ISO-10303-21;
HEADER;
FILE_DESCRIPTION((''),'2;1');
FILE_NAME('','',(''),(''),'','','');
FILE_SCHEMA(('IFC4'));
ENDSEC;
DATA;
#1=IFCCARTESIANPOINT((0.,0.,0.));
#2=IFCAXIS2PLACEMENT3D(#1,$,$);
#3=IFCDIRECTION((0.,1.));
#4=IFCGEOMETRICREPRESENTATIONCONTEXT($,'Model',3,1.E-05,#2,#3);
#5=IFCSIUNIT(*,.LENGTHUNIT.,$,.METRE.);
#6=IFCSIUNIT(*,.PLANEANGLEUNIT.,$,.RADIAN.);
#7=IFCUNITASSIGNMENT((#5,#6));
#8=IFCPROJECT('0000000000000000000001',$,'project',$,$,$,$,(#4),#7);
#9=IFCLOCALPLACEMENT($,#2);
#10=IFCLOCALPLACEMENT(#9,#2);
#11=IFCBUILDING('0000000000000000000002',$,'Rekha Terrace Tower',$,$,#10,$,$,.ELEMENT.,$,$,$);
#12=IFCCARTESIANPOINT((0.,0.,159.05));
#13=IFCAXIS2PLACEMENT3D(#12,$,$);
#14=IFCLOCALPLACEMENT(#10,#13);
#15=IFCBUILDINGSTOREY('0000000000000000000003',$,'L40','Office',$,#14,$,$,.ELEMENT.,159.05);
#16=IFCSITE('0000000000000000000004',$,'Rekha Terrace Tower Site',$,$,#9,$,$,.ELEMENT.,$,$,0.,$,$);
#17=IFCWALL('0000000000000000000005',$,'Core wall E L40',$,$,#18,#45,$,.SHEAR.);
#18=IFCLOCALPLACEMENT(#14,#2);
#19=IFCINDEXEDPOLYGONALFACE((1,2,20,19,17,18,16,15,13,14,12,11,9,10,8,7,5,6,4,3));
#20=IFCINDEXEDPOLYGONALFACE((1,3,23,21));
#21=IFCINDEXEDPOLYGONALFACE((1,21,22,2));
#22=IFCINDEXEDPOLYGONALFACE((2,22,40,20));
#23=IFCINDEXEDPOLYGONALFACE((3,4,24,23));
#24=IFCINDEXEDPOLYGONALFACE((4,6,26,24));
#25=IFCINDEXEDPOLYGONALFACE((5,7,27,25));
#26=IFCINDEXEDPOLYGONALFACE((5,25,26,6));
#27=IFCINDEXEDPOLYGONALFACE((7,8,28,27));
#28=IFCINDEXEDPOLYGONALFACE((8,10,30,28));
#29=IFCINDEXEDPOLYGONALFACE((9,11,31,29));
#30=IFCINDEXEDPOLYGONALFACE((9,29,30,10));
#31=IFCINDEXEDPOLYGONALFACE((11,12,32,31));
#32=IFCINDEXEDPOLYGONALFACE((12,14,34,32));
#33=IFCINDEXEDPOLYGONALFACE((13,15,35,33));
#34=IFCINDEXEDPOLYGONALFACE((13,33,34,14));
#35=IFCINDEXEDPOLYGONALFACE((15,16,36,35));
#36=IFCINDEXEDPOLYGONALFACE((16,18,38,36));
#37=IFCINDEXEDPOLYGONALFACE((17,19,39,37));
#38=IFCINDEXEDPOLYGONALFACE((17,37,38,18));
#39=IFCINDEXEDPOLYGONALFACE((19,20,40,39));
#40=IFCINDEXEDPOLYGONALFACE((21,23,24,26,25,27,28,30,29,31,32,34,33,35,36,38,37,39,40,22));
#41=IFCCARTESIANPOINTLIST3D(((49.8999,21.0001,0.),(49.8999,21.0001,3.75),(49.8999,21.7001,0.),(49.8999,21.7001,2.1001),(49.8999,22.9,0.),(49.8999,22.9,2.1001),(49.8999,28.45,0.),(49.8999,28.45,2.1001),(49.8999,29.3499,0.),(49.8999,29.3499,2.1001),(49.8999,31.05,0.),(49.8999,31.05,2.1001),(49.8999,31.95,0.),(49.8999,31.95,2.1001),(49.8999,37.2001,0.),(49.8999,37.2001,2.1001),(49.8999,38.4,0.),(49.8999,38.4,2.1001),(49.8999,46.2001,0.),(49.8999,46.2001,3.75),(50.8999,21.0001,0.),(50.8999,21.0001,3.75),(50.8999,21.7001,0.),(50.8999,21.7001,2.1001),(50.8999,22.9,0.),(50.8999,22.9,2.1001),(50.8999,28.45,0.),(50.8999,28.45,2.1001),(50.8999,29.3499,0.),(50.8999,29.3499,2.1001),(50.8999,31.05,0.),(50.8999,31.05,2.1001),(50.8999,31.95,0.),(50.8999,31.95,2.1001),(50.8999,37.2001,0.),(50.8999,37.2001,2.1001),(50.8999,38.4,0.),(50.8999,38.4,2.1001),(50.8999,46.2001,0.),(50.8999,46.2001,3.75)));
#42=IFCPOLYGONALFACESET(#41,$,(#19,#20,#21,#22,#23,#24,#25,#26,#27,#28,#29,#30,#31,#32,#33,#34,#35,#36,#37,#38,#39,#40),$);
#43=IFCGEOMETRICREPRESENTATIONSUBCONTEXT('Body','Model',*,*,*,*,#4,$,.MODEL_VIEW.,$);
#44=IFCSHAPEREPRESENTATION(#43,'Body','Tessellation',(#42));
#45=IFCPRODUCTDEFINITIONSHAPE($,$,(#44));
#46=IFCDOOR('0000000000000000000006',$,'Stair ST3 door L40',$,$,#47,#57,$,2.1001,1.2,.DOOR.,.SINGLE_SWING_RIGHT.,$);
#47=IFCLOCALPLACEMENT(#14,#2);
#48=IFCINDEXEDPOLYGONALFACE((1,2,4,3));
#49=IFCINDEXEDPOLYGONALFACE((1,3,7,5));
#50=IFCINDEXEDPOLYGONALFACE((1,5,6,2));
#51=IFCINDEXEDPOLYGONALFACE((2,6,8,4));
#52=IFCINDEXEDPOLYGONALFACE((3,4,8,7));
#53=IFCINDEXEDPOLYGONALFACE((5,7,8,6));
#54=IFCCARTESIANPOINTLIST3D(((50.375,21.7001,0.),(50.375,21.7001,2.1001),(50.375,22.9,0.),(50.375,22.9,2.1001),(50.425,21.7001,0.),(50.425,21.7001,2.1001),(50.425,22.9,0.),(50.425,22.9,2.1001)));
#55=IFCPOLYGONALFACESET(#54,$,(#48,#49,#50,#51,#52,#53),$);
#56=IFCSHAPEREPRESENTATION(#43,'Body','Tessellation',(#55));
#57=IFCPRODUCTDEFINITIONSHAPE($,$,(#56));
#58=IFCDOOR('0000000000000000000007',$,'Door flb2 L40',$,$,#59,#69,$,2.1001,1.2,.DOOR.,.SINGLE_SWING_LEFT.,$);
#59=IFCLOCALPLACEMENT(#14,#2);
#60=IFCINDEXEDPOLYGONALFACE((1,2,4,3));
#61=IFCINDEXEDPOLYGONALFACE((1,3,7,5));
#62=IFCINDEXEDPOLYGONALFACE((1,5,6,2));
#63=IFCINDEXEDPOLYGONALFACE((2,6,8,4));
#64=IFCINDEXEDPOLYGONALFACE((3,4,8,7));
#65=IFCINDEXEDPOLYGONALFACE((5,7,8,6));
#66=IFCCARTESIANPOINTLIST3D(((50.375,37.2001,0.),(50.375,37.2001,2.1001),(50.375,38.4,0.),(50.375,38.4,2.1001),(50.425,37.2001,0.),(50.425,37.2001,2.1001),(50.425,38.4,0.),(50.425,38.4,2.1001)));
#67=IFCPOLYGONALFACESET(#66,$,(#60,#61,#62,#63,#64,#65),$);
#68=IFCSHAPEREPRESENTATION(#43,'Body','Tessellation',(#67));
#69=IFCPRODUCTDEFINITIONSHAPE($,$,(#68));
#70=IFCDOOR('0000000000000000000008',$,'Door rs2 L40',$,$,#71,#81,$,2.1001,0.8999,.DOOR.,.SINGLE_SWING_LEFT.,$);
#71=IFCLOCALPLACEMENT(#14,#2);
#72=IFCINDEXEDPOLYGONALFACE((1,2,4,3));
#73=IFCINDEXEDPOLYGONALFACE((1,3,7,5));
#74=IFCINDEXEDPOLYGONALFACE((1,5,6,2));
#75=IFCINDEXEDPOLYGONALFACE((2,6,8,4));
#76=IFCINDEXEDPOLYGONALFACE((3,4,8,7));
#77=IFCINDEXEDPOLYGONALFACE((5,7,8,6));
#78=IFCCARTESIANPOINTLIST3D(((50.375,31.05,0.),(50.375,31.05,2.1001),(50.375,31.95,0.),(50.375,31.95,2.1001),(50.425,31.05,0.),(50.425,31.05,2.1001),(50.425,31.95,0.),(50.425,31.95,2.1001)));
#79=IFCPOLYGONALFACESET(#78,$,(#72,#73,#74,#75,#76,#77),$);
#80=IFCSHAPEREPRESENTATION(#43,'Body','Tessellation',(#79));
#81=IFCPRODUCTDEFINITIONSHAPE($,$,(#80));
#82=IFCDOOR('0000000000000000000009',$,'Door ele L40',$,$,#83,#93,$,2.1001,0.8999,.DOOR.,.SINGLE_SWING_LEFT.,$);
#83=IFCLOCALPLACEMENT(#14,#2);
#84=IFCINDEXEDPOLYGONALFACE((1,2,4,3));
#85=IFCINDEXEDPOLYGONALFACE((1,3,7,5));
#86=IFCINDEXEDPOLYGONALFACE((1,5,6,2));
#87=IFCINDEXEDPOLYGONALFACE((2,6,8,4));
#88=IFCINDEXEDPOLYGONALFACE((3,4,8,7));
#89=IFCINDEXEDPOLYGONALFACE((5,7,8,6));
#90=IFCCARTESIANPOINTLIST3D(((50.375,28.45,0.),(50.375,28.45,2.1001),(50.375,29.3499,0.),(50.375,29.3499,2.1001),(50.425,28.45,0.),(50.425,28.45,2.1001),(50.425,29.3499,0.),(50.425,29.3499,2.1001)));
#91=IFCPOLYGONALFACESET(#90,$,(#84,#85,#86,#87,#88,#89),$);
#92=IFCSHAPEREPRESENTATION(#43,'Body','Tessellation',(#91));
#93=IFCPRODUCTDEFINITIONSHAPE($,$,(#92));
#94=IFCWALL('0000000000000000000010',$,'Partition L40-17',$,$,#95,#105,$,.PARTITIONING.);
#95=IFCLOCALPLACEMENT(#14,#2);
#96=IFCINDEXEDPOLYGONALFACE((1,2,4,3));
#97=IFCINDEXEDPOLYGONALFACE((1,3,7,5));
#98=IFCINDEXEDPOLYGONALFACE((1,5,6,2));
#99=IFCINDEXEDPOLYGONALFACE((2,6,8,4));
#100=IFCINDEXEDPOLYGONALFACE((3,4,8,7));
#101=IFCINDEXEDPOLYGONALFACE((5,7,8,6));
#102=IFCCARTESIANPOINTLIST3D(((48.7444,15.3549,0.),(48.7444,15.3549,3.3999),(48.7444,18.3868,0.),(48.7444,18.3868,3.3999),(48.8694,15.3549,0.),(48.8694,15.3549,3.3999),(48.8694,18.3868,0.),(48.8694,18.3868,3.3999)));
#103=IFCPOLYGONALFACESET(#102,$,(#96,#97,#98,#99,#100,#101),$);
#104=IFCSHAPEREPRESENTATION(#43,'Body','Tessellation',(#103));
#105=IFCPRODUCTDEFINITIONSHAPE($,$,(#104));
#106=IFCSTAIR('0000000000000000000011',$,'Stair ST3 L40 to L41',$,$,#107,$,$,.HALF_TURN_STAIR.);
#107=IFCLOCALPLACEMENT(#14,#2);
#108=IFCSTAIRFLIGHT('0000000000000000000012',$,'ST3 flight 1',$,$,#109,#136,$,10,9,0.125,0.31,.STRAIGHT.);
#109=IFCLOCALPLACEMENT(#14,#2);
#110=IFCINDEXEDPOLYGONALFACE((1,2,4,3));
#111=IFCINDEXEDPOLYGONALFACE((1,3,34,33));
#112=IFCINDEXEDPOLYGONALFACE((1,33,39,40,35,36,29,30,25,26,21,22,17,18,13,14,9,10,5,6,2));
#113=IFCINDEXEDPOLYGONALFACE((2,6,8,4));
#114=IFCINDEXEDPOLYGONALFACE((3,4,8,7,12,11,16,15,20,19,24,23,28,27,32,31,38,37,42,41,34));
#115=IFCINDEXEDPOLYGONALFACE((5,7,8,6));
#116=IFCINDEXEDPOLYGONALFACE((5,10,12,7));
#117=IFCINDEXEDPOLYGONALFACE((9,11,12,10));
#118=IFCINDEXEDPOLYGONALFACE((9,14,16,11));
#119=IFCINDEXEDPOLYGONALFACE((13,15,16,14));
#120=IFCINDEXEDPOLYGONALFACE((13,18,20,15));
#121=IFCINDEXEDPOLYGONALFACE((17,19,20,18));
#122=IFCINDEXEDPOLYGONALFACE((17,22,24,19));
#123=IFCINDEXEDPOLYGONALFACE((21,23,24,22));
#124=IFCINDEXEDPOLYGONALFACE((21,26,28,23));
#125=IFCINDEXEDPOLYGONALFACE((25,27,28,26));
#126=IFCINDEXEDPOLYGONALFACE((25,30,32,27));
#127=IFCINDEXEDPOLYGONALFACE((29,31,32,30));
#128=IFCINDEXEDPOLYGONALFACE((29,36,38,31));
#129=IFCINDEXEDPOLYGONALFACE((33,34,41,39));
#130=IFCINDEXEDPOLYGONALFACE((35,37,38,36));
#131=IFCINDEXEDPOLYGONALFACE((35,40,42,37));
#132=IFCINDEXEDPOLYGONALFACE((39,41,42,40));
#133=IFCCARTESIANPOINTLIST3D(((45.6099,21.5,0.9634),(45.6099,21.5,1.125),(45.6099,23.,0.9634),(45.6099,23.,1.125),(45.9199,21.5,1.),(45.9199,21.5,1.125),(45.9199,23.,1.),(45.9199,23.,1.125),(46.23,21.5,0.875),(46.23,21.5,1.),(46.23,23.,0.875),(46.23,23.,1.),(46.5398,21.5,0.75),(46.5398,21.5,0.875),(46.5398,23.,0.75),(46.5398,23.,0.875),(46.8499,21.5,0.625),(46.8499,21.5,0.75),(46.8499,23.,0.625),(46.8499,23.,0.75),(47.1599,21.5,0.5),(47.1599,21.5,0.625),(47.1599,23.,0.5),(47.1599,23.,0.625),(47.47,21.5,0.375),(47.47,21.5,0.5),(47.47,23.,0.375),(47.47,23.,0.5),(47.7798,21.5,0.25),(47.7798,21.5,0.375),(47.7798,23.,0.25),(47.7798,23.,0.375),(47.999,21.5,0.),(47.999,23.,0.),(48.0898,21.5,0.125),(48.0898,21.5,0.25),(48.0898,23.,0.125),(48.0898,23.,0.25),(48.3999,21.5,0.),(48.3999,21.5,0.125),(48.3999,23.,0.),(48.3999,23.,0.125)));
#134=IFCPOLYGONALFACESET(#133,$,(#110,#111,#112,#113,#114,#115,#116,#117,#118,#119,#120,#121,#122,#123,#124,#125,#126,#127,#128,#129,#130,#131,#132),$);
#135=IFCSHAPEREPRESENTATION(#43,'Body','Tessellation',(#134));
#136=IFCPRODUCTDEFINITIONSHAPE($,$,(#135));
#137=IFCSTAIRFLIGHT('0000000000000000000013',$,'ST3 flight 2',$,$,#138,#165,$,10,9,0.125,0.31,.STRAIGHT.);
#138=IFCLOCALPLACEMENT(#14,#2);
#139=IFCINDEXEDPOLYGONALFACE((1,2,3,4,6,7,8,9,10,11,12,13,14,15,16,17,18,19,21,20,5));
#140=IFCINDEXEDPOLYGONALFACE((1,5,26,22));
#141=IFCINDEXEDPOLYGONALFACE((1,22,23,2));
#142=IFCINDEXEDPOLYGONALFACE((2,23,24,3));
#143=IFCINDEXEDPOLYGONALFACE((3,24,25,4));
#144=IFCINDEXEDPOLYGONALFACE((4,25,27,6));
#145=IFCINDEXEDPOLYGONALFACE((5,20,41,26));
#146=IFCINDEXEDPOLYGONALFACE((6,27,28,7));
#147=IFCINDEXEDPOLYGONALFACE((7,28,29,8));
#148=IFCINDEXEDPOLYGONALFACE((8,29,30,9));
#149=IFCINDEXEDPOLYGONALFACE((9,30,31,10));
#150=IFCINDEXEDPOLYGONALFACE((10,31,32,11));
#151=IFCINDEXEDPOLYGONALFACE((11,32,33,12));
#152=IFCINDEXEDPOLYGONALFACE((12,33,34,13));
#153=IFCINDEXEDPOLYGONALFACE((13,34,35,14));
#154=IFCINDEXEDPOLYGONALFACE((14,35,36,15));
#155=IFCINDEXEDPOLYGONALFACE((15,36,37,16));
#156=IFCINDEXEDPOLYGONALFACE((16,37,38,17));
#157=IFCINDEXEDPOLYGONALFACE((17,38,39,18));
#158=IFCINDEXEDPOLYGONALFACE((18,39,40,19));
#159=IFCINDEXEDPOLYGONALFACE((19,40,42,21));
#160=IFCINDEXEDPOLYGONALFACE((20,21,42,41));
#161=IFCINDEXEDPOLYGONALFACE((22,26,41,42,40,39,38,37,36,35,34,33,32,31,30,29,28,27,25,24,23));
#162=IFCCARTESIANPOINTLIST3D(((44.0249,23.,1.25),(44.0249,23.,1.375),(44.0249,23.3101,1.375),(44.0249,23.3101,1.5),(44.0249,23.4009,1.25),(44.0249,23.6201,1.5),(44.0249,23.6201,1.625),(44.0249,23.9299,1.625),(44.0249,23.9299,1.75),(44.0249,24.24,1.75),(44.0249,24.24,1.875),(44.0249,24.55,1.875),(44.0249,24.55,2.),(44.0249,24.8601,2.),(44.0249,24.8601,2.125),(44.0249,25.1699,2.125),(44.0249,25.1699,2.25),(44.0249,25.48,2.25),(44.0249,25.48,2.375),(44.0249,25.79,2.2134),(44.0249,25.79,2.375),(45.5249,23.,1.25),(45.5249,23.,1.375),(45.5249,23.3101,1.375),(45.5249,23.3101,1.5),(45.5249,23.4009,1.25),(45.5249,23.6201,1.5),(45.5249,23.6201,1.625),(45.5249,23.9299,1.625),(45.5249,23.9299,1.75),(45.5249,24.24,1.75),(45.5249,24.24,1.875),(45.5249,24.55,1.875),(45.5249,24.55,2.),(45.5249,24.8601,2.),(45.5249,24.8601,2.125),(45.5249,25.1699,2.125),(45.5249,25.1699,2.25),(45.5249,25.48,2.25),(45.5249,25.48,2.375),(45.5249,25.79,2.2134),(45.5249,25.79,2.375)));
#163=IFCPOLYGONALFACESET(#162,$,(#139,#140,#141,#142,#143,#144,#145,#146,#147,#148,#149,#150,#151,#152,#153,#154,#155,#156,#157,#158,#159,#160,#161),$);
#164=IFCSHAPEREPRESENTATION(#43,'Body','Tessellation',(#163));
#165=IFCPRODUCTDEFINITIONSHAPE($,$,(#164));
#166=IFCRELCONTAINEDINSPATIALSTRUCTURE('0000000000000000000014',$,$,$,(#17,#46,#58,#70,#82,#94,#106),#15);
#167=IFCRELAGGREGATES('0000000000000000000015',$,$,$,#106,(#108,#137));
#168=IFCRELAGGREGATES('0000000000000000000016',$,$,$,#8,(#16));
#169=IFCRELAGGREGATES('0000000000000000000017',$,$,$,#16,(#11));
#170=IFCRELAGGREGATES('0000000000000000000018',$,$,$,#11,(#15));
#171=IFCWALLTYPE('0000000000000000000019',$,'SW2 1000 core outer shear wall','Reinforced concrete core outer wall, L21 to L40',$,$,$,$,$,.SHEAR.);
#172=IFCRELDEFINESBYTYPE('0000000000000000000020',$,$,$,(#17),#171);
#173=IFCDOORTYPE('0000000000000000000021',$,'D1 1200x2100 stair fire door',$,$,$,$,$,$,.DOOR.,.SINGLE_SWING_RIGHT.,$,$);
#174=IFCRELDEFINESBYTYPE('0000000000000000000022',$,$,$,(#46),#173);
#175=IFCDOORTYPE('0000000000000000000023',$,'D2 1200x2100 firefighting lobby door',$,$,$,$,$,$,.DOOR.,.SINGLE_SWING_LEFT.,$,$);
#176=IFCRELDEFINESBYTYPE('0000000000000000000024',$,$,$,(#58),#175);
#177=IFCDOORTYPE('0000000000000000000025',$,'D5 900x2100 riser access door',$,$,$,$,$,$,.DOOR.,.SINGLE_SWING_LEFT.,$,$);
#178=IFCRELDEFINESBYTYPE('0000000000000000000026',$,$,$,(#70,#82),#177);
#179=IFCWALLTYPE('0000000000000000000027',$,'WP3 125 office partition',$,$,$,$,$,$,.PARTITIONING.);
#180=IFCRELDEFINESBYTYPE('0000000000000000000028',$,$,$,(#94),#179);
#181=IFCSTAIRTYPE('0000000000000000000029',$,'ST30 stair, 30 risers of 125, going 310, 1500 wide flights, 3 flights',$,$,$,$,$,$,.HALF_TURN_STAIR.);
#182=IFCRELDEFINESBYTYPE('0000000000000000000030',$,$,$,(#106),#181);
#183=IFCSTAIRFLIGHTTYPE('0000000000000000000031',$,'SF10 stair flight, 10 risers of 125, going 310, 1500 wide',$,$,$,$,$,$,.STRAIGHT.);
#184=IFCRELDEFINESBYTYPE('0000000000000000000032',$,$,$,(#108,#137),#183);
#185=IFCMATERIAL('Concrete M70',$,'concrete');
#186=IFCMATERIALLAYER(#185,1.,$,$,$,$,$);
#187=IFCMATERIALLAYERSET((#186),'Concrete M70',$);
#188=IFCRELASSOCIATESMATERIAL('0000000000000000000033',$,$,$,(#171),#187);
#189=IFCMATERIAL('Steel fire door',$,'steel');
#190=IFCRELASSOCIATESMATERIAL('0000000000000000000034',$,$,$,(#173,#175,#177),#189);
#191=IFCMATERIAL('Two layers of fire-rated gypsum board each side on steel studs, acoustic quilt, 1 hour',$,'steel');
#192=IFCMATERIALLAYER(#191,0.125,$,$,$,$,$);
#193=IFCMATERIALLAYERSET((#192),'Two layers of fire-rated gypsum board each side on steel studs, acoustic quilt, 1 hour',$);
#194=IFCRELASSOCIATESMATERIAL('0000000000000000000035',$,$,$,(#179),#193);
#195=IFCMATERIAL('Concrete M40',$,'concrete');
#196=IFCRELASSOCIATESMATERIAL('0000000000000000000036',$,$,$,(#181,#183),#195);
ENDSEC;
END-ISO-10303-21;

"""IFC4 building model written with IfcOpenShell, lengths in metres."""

from ifc_helpers import new_model, si_unit, direction, frame, frame_2d, origin, place, context, subcontext, project, spatial, polyline, rectangle, outline, extrude, material, layer, layer_set, type_object, element, fill, aggregate, save


model = new_model("IFC4")

# Units and contexts
model_context = context("Model", 3, precision=1e-05, world=origin(), true_north=direction((0.0, 1.0)))
body_context = subcontext(model_context, "Body", "Model", "MODEL_VIEW")
ifc_project = project(units=[si_unit("LENGTHUNIT", "METRE"), si_unit("PLANEANGLEUNIT", "RADIAN")], contexts=[model_context])

# Site, building, storey
site_placement = place(None, origin())
site = spatial("IfcSite", under=ifc_project, at=site_placement, Name="Rekha Terrace Tower Site", CompositionType="ELEMENT", RefElevation=0.0)
building_placement = place(site_placement, origin())
building = spatial("IfcBuilding", under=site, at=building_placement, Name="Rekha Terrace Tower", CompositionType="ELEMENT")
storey_placement = place(building_placement, frame((0.0, 0.0, 159.05)))
storey = spatial("IfcBuildingStorey", under=building, at=storey_placement, Name="L40", Description="Office", CompositionType="ELEMENT", Elevation=159.05)

# Shared definitions
ifc_material_1 = material(Name="Concrete M70", Category="concrete")

# Wall, openings, doors
ifc_layer_1 = layer(ifc_material_1, 1.0)
ifc_layer_set_1 = layer_set([ifc_layer_1], Name="Concrete M70")
wall_type_1 = type_object("IfcWallType", Name="SW2 1000 core outer shear wall", Description="Reinforced concrete core outer wall, L21 to L40", PredefinedType="SHEAR", material=ifc_layer_set_1)
wall_1_placement = place(storey_placement, frame((50.3999, 21.0, 0.0), z_axis=(0.0, 0.0, 1.0), x_axis=(0.0, 1.0, 0.0)))
wall_1 = element("IfcWall", 1, at=wall_1_placement, inside=storey, type_object=wall_type_1, Name="Core wall E L40", PredefinedType="SHEAR", context=body_context, shape_type="SweptSolid", body=[
    extrude(rectangle(XDim=25.2, YDim=1.0, at=frame_2d((12.6001, 0.0))), origin(), (0.0, 0.0, 1.0), 3.75),
])
opening_1_placement = place(wall_1_placement, frame((16.2, 0.0, 0.0)))
opening_1 = element("IfcOpeningElement", 2, at=opening_1_placement, cuts=wall_1, PredefinedType="OPENING", context=body_context, shape_type="SweptSolid", body=[
    extrude(rectangle(XDim=1.2, YDim=2.1001, at=frame_2d((0.6001, 1.05))), frame((0.0, 0.51, 0.0), z_axis=(0.0, -1.0, 0.0), x_axis=(1.0, 0.0, 0.0)), (0.0, 0.0, 1.0), 1.02),
])
opening_2_placement = place(wall_1_placement, frame((10.05, 0.0, 0.0)))
opening_2 = element("IfcOpeningElement", 3, at=opening_2_placement, cuts=wall_1, PredefinedType="OPENING", context=body_context, shape_type="SweptSolid", body=[
    extrude(rectangle(XDim=0.8999, YDim=2.1001, at=frame_2d((0.45, 1.05))), frame((0.0, 0.51, 0.0), z_axis=(0.0, -1.0, 0.0), x_axis=(1.0, 0.0, 0.0)), (0.0, 0.0, 1.0), 1.02),
])
opening_3_placement = place(wall_1_placement, frame((7.45, 0.0, 0.0)))
opening_3 = element("IfcOpeningElement", 4, at=opening_3_placement, cuts=wall_1, PredefinedType="OPENING", context=body_context, shape_type="SweptSolid", body=[
    extrude(rectangle(XDim=0.8999, YDim=2.1001, at=frame_2d((0.45, 1.05))), frame((0.0, 0.51, 0.0), z_axis=(0.0, -1.0, 0.0), x_axis=(1.0, 0.0, 0.0)), (0.0, 0.0, 1.0), 1.02),
])
opening_4_placement = place(wall_1_placement, frame((0.7, 0.0, 0.0)))
opening_4 = element("IfcOpeningElement", 5, at=opening_4_placement, cuts=wall_1, PredefinedType="OPENING", context=body_context, shape_type="SweptSolid", body=[
    extrude(rectangle(XDim=1.2, YDim=2.1001, at=frame_2d((0.6001, 1.05))), frame((0.0, 0.51, 0.0), z_axis=(0.0, -1.0, 0.0), x_axis=(1.0, 0.0, 0.0)), (0.0, 0.0, 1.0), 1.02),
])
ifc_material_2 = material(Name="Steel fire door", Category="steel")
door_type_1 = type_object("IfcDoorType", Name="D1 1200x2100 stair fire door", OperationType="SINGLE_SWING_RIGHT", PredefinedType="DOOR", material=ifc_material_2)
door_1_placement = place(opening_4_placement, origin())
door_1 = element("IfcDoor", 6, at=door_1_placement, inside=storey, type_object=door_type_1, Name="Stair ST3 door L40", OperationType="SINGLE_SWING_RIGHT", OverallHeight=2.1001, OverallWidth=1.2, PredefinedType="DOOR", context=body_context, shape_type="SweptSolid", body=[
    extrude(rectangle(XDim=1.2, YDim=2.1001, at=frame_2d((0.6001, 1.05))), frame((0.0, 0.0249, 0.0), z_axis=(0.0, -1.0, 0.0), x_axis=(1.0, 0.0, 0.0)), (0.0, 0.0, 1.0), 0.05),
])
fill(opening_4, door_1)
door_type_2 = type_object("IfcDoorType", Name="D2 1200x2100 firefighting lobby door", OperationType="SINGLE_SWING_LEFT", PredefinedType="DOOR", material=ifc_material_2)
door_2_placement = place(opening_1_placement, origin())
door_2 = element("IfcDoor", 7, at=door_2_placement, inside=storey, type_object=door_type_2, Name="Door flb2 L40", OperationType="SINGLE_SWING_LEFT", OverallHeight=2.1001, OverallWidth=1.2, PredefinedType="DOOR", context=body_context, shape_type="SweptSolid", body=[
    extrude(rectangle(XDim=1.2, YDim=2.1001, at=frame_2d((0.6001, 1.05))), frame((0.0, 0.0249, 0.0), z_axis=(0.0, -1.0, 0.0), x_axis=(1.0, 0.0, 0.0)), (0.0, 0.0, 1.0), 0.05),
])
fill(opening_1, door_2)
door_type_3 = type_object("IfcDoorType", Name="D5 900x2100 riser access door", OperationType="SINGLE_SWING_LEFT", PredefinedType="DOOR", material=ifc_material_2)
door_3_placement = place(opening_2_placement, origin())
door_3 = element("IfcDoor", 8, at=door_3_placement, inside=storey, type_object=door_type_3, Name="Door rs2 L40", OperationType="SINGLE_SWING_LEFT", OverallHeight=2.1001, OverallWidth=0.8999, PredefinedType="DOOR", context=body_context, shape_type="SweptSolid", body=[
    extrude(rectangle(XDim=0.8999, YDim=2.1001, at=frame_2d((0.45, 1.05))), frame((0.0, 0.0249, 0.0), z_axis=(0.0, -1.0, 0.0), x_axis=(1.0, 0.0, 0.0)), (0.0, 0.0, 1.0), 0.05),
])
fill(opening_2, door_3)
door_4_placement = place(opening_3_placement, origin())
door_4 = element("IfcDoor", 9, at=door_4_placement, inside=storey, type_object=door_type_3, Name="Door ele L40", OperationType="SINGLE_SWING_LEFT", OverallHeight=2.1001, OverallWidth=0.8999, PredefinedType="DOOR", context=body_context, shape_type="SweptSolid", body=[
    extrude(rectangle(XDim=0.8999, YDim=2.1001, at=frame_2d((0.45, 1.05))), frame((0.0, 0.0249, 0.0), z_axis=(0.0, -1.0, 0.0), x_axis=(1.0, 0.0, 0.0)), (0.0, 0.0, 1.0), 0.05),
])
fill(opening_3, door_4)

# Wall
ifc_material_3 = material(Name="Two layers of fire-rated gypsum board each side on steel studs, acoustic quilt, 1 hour", Category="steel")
ifc_layer_2 = layer(ifc_material_3, 0.125)
ifc_layer_set_2 = layer_set([ifc_layer_2], Name="Two layers of fire-rated gypsum board each side on steel studs, acoustic quilt, 1 hour")
wall_type_2 = type_object("IfcWallType", Name="WP3 125 office partition", PredefinedType="PARTITIONING", material=ifc_layer_set_2)
wall_2_placement = place(storey_placement, frame((48.8069, 18.387, 0.0), z_axis=(0.0, 0.0, 1.0), x_axis=(0.0, -1.0, 0.0)))
element("IfcWall", 10, at=wall_2_placement, inside=storey, type_object=wall_type_2, Name="Partition L40-17", PredefinedType="PARTITIONING", context=body_context, shape_type="SweptSolid", body=[
    extrude(rectangle(XDim=3.032, YDim=0.125, at=frame_2d((1.5161, 0.0))), origin(), (0.0, 0.0, 1.0), 3.3999),
])

# Stair, stair flights
ifc_material_4 = material(Name="Concrete M40", Category="concrete")
stair_type = type_object("IfcStairType", Name="ST30 stair, 30 risers of 125, going 310, 1500 wide flights, 3 flights", PredefinedType="HALF_TURN_STAIR", material=ifc_material_4)
stair_placement = place(storey_placement, origin())
stair = element("IfcStair", 11, at=stair_placement, inside=storey, type_object=stair_type, Name="Stair ST3 L40 to L41", PredefinedType="HALF_TURN_STAIR")
stair_flight_type = type_object("IfcStairFlightType", Name="SF10 stair flight, 10 risers of 125, going 310, 1500 wide", PredefinedType="STRAIGHT", material=ifc_material_4)
stair_flight_1_placement = place(storey_placement, frame((48.3999, 22.25, 0.0), z_axis=(0.0, 0.0, 1.0), x_axis=(-1.0, 0.0, 0.0)))
stair_flight_1 = element("IfcStairFlight", 12, at=stair_flight_1_placement, type_object=stair_flight_type, Name="ST3 flight 1", NumberOfRisers=10, NumberOfTreads=9, PredefinedType="STRAIGHT", RiserHeight=0.125, TreadLength=0.31, context=body_context, shape_type="SweptSolid", body=[
    extrude(outline(polyline([(0.0, 0.0), (0.0, 0.125), (0.3101, 0.125), (0.3101, 0.25), (0.6201, 0.25), (0.6201, 0.375), (0.9299, 0.375), (0.9299, 0.5), (1.24, 0.5), (1.24, 0.625), (1.55, 0.625), (1.55, 0.75), (1.8601, 0.75), (1.8601, 0.875), (2.1699, 0.875), (2.1699, 1.0), (2.48, 1.0), (2.48, 1.125), (2.79, 1.125), (2.79, 1.25), (2.79, 0.9634), (0.4009, 0.0), (0.0, 0.0)])), frame((0.0, 0.75, 0.0), z_axis=(0.0, -1.0, 0.0), x_axis=(1.0, 0.0, 0.0)), (0.0, 0.0, 1.0), 1.5),
])
stair_flight_2_placement = place(storey_placement, frame((44.7749, 23.0, 1.25), z_axis=(0.0, 0.0, 1.0), x_axis=(0.0, 1.0, 0.0)))
stair_flight_2 = element("IfcStairFlight", 13, at=stair_flight_2_placement, type_object=stair_flight_type, Name="ST3 flight 2", NumberOfRisers=10, NumberOfTreads=9, PredefinedType="STRAIGHT", RiserHeight=0.125, TreadLength=0.31, context=body_context, shape_type="SweptSolid", body=[
    extrude(outline(polyline([(0.0, 0.0), (0.0, 0.125), (0.3101, 0.125), (0.3101, 0.25), (0.6201, 0.25), (0.6201, 0.375), (0.9299, 0.375), (0.9299, 0.5), (1.24, 0.5), (1.24, 0.625), (1.55, 0.625), (1.55, 0.75), (1.8601, 0.75), (1.8601, 0.875), (2.1699, 0.875), (2.1699, 1.0), (2.48, 1.0), (2.48, 1.125), (2.79, 1.125), (2.79, 1.25), (2.79, 0.9634), (0.4009, 0.0), (0.0, 0.0)])), frame((0.0, 0.75, 0.0), z_axis=(0.0, -1.0, 0.0), x_axis=(1.0, 0.0, 0.0)), (0.0, 0.0, 1.0), 1.5),
])
aggregate(stair, [stair_flight_1, stair_flight_2])

save(model, "model.ifc")
